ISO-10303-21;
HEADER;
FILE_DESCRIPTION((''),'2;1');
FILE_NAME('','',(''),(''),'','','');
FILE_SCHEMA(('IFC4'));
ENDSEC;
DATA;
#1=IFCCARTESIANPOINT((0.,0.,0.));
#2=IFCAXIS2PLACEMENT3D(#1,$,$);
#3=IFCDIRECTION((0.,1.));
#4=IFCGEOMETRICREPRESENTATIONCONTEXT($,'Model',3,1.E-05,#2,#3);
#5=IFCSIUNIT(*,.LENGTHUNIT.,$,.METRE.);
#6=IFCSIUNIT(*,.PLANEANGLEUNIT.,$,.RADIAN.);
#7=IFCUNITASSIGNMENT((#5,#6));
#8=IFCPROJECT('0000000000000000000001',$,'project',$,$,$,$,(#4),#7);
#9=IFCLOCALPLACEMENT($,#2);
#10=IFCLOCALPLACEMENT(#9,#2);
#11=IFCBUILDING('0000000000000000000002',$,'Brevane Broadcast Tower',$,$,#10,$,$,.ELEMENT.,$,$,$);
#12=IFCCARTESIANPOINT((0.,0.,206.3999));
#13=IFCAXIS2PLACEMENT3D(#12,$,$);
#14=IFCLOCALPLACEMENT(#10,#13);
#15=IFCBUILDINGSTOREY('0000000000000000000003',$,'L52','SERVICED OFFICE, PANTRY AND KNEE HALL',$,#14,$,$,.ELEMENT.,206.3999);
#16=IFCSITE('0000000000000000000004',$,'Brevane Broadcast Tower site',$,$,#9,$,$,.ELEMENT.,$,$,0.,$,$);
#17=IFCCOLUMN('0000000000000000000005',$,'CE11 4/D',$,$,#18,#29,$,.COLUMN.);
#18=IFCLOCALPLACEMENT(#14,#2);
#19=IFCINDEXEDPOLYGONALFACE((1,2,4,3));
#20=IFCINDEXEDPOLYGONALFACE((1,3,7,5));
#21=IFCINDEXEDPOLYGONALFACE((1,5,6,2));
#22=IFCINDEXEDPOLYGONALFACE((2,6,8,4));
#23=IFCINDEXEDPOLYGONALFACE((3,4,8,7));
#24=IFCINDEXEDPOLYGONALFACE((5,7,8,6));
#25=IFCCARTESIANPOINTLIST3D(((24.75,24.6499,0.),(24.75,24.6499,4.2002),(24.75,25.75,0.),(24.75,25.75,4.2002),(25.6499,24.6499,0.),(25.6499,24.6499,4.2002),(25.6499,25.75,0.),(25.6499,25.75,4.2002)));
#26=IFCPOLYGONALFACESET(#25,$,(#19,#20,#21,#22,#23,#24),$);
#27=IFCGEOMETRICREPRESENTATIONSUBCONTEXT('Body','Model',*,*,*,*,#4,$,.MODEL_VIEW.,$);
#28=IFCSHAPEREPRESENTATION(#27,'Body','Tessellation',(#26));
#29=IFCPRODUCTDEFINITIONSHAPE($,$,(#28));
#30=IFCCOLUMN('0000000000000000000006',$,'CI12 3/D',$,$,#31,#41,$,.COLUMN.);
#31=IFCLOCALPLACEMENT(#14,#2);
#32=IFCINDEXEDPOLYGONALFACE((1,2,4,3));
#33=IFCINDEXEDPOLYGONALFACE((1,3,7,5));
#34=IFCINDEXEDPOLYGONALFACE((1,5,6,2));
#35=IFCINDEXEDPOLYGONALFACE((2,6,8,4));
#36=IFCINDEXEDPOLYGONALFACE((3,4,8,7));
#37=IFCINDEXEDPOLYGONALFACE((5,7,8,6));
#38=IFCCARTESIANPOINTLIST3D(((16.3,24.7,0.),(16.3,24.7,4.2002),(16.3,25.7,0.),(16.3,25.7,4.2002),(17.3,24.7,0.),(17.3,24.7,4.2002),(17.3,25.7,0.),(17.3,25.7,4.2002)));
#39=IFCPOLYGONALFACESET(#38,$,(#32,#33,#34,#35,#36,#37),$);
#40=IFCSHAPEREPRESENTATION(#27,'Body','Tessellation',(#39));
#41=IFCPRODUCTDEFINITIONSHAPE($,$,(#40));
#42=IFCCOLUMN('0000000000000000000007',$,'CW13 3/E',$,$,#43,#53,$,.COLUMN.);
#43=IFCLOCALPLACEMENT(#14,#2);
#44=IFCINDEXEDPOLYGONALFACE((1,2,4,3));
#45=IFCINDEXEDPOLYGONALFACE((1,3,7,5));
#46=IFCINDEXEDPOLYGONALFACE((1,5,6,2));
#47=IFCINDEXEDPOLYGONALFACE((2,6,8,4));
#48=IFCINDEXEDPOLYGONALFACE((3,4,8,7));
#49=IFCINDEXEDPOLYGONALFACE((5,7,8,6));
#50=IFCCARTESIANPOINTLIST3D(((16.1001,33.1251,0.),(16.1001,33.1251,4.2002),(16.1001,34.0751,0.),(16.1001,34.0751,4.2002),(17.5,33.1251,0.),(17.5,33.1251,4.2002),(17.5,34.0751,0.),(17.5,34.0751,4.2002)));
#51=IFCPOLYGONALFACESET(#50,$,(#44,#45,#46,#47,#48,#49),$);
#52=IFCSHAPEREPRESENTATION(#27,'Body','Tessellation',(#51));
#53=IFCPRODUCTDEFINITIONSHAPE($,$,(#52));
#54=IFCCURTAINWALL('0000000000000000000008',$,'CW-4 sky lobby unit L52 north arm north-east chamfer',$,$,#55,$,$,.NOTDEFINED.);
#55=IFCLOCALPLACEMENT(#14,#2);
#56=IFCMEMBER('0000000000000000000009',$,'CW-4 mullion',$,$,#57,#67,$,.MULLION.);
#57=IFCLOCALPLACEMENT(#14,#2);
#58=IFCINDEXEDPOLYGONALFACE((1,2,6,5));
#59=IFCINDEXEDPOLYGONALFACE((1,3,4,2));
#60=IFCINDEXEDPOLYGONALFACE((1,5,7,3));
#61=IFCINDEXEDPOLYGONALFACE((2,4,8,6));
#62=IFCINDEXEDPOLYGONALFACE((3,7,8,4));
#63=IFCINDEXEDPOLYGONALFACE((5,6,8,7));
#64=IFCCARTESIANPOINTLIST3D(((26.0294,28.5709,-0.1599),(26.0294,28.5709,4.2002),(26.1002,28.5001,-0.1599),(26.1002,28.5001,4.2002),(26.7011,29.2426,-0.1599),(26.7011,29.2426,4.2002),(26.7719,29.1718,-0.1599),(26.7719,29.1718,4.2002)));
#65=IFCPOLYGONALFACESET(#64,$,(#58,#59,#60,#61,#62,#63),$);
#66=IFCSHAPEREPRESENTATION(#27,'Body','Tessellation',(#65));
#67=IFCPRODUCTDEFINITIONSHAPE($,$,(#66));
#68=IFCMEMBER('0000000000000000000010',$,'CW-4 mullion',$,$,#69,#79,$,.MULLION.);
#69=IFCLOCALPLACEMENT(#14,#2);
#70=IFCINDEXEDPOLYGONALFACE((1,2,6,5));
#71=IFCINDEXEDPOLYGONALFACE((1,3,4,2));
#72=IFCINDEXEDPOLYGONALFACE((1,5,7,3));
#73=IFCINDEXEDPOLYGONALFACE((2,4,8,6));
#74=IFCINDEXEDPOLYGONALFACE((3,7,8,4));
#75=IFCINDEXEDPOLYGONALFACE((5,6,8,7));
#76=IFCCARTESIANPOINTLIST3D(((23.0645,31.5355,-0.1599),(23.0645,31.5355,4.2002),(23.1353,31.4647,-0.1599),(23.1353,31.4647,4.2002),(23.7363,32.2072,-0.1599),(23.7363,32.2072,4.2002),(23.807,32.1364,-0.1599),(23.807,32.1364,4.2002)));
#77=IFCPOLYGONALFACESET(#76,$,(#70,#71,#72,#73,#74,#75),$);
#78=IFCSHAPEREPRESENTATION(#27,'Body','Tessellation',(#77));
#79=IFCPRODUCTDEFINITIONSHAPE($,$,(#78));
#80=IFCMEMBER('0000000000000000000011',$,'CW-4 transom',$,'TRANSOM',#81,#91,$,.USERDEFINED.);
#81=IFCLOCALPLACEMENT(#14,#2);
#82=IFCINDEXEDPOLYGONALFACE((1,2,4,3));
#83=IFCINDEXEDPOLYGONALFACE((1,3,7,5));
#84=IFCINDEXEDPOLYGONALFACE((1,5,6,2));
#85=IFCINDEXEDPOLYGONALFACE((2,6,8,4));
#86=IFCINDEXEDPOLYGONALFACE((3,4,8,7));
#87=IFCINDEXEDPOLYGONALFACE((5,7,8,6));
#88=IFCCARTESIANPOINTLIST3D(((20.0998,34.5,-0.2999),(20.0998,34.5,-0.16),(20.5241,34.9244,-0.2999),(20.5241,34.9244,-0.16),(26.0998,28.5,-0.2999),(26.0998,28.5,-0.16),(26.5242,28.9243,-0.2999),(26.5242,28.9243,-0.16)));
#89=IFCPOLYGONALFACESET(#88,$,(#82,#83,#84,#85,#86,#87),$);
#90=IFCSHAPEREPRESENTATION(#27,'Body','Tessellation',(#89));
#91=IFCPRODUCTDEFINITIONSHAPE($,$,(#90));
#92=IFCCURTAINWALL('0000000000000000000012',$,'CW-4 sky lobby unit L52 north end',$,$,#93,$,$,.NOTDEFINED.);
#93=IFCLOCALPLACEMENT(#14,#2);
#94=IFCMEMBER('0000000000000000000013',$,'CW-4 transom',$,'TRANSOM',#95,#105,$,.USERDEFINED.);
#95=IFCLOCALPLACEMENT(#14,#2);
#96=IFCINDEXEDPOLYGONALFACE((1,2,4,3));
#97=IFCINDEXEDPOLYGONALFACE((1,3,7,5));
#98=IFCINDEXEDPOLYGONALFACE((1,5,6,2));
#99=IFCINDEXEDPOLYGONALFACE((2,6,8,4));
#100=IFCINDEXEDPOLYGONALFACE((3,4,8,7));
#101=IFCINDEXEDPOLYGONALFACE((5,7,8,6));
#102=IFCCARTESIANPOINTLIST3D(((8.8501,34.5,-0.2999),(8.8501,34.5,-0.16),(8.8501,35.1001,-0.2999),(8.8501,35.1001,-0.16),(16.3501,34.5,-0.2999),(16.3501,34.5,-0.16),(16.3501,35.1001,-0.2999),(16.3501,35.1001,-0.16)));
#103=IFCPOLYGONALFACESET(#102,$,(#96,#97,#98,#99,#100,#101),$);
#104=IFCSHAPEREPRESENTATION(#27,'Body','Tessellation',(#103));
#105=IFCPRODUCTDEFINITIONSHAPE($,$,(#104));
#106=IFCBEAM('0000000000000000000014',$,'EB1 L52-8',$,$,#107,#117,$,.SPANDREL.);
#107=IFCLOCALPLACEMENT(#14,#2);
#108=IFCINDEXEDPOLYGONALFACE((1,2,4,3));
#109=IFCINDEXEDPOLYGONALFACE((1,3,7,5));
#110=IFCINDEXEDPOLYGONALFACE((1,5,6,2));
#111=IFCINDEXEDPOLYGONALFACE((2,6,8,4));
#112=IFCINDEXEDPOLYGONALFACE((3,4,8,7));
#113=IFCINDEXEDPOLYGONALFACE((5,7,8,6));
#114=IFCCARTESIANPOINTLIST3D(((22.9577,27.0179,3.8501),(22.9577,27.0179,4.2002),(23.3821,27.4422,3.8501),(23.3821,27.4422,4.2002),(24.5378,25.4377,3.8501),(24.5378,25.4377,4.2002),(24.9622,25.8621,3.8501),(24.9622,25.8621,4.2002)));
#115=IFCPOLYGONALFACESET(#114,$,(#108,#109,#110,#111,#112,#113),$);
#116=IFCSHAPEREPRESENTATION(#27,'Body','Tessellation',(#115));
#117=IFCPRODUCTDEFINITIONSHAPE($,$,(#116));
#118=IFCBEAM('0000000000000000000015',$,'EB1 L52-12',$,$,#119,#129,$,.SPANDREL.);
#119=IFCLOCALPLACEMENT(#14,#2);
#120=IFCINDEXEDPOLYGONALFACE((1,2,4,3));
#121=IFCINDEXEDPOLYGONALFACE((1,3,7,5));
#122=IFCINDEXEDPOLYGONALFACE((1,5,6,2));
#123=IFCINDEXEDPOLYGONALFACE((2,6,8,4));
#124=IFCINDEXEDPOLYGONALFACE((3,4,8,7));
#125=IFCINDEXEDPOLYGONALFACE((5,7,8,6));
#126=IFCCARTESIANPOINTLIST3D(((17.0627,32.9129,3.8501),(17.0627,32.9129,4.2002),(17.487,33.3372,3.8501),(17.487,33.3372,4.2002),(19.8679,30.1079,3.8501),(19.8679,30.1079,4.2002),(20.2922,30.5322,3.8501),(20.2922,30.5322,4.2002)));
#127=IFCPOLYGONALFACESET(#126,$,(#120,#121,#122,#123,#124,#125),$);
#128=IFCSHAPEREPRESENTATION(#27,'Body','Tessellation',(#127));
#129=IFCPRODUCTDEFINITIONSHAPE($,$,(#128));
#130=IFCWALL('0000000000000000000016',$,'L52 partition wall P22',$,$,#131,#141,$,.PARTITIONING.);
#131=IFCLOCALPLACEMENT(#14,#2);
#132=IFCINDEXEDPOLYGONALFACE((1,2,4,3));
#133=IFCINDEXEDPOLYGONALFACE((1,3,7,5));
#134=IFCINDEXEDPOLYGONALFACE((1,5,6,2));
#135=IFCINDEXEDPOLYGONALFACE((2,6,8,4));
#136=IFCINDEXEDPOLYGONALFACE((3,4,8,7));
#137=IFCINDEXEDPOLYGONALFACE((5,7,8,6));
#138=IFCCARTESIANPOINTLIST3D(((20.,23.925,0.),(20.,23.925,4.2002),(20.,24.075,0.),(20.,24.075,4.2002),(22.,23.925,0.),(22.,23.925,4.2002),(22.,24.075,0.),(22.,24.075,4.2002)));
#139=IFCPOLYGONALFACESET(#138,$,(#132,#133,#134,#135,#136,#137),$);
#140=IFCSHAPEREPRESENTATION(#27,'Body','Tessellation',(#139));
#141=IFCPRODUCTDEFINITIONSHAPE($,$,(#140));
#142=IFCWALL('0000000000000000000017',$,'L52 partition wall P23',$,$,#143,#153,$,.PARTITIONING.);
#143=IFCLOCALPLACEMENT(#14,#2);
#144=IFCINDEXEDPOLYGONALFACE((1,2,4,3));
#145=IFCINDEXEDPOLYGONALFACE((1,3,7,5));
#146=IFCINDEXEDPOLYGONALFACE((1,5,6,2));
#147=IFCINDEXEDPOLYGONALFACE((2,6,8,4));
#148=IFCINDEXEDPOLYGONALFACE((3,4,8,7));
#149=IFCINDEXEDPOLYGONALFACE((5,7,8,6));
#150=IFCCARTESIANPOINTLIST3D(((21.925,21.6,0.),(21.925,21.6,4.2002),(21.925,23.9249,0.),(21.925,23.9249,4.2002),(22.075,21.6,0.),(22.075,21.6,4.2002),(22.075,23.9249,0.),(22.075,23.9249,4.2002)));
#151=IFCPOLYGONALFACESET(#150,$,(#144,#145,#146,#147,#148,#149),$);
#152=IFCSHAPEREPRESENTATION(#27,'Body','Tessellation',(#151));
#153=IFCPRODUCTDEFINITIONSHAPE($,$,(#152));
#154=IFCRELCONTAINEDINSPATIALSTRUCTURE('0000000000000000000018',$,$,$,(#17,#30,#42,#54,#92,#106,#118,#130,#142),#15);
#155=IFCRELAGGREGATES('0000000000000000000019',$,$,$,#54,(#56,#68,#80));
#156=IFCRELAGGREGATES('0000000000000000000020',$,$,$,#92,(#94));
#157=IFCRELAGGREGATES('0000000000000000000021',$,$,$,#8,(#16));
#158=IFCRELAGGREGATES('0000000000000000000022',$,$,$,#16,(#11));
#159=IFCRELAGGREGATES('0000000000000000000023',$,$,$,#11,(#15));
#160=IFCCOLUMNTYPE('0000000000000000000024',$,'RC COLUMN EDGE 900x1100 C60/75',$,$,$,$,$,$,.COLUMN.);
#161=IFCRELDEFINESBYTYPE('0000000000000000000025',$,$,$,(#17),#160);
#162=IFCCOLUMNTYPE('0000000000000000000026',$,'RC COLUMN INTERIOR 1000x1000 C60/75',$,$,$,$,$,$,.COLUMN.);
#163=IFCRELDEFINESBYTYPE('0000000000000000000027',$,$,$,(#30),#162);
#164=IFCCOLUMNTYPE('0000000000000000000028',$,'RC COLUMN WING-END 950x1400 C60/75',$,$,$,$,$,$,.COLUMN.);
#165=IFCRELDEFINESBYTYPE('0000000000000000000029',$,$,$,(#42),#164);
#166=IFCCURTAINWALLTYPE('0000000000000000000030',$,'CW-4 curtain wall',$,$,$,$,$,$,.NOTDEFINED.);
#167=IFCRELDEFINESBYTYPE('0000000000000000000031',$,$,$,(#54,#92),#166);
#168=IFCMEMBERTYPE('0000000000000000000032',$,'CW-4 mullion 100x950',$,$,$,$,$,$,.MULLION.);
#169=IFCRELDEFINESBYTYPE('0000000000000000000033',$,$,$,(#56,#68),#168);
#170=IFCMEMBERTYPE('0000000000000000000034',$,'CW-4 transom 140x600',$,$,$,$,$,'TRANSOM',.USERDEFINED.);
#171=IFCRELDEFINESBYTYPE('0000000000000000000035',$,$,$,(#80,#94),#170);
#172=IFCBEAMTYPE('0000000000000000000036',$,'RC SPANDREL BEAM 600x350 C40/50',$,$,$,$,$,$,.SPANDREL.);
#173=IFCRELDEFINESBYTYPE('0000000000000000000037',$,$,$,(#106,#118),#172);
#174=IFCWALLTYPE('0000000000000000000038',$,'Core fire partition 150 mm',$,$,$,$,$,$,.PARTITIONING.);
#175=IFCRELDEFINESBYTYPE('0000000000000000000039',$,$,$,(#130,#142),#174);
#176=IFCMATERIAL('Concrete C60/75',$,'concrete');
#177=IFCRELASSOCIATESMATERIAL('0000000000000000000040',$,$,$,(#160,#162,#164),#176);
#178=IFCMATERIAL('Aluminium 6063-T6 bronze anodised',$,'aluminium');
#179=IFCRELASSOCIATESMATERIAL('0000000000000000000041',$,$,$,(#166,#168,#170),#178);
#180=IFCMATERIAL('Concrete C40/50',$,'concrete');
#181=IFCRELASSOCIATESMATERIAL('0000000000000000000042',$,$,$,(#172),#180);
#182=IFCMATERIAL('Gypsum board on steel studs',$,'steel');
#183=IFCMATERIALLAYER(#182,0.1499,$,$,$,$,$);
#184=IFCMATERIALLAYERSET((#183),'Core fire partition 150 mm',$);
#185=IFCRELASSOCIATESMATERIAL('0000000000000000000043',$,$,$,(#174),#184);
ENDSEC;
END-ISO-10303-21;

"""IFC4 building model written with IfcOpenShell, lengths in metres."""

from ifc_helpers import new_model, si_unit, direction, frame, frame_2d, origin, origin_2d, place, context, subcontext, project, spatial, rectangle, extrude, material, layer, layer_set, material_profile, profile_set, type_object, element, aggregate, save


model = new_model("IFC4")

# Units and contexts
model_context = context("Model", 3, precision=1e-05, world=origin(), true_north=direction((0.0, 1.0)))
body_context = subcontext(model_context, "Body", "Model", "MODEL_VIEW")
ifc_project = project(units=[si_unit("LENGTHUNIT", "METRE"), si_unit("PLANEANGLEUNIT", "RADIAN")], contexts=[model_context])

# Site, building, storey
site_placement = place(None, origin())
site = spatial("IfcSite", under=ifc_project, at=site_placement, Name="Brevane Broadcast Tower site", CompositionType="ELEMENT", RefElevation=0.0)
building_placement = place(site_placement, origin())
building = spatial("IfcBuilding", under=site, at=building_placement, Name="Brevane Broadcast Tower", CompositionType="ELEMENT")
storey_placement = place(building_placement, frame((0.0, 0.0, 206.3999)))
storey = spatial("IfcBuildingStorey", under=building, at=storey_placement, Name="L52", Description="SERVICED OFFICE, PANTRY AND KNEE HALL", CompositionType="ELEMENT", Elevation=206.3999)

# Columns
ifc_material_1 = material(Name="Concrete C60/75", Category="concrete")
ifc_material_profile_1 = material_profile(ifc_material_1, rectangle(XDim=0.8999, YDim=1.1001, at=origin_2d()), Name="RC 900x1100")
ifc_profile_set_1 = profile_set([ifc_material_profile_1], Name="Concrete C60/75")
column_type_1 = type_object("IfcColumnType", Name="RC COLUMN EDGE 900x1100 C60/75", PredefinedType="COLUMN", material=ifc_profile_set_1)
column_1_placement = place(storey_placement, frame((25.2, 25.2, 0.0), z_axis=(0.0, 0.0, 1.0), x_axis=(1.0, 0.0, 0.0)))
element("IfcColumn", 1, at=column_1_placement, inside=storey, type_object=column_type_1, Name="CE11 4/D", PredefinedType="COLUMN", context=body_context, shape_type="SweptSolid", body=[
    extrude(rectangle(XDim=0.8999, YDim=1.1001, at=origin_2d()), origin(), (0.0, 0.0, 1.0), 4.2002),
])
ifc_material_profile_2 = material_profile(ifc_material_1, rectangle(XDim=1.0, YDim=1.0, at=origin_2d()), Name="RC 1000x1000")
ifc_profile_set_2 = profile_set([ifc_material_profile_2], Name="Concrete C60/75")
column_type_2 = type_object("IfcColumnType", Name="RC COLUMN INTERIOR 1000x1000 C60/75", PredefinedType="COLUMN", material=ifc_profile_set_2)
column_2_placement = place(storey_placement, frame((16.8, 25.2, 0.0), z_axis=(0.0, 0.0, 1.0), x_axis=(1.0, 0.0, 0.0)))
element("IfcColumn", 2, at=column_2_placement, inside=storey, type_object=column_type_2, Name="CI12 3/D", PredefinedType="COLUMN", context=body_context, shape_type="SweptSolid", body=[
    extrude(rectangle(XDim=1.0, YDim=1.0, at=origin_2d()), origin(), (0.0, 0.0, 1.0), 4.2002),
])
ifc_material_profile_3 = material_profile(ifc_material_1, rectangle(XDim=0.95, YDim=1.3999, at=origin_2d()), Name="RC 950x1400")
ifc_profile_set_3 = profile_set([ifc_material_profile_3], Name="Concrete C60/75")
column_type_3 = type_object("IfcColumnType", Name="RC COLUMN WING-END 950x1400 C60/75", PredefinedType="COLUMN", material=ifc_profile_set_3)
column_3_placement = place(storey_placement, frame((16.8, 33.6001, 0.0), z_axis=(0.0, 0.0, 1.0), x_axis=(0.0, 1.0, 0.0)))
element("IfcColumn", 3, at=column_3_placement, inside=storey, type_object=column_type_3, Name="CW13 3/E", PredefinedType="COLUMN", context=body_context, shape_type="SweptSolid", body=[
    extrude(rectangle(XDim=0.95, YDim=1.3999, at=origin_2d()), origin(), (0.0, 0.0, 1.0), 4.2002),
])

# Curtain wall, members
ifc_material_2 = material(Name="Aluminium 6063-T6 bronze anodised", Category="aluminium")
curtain_wall_type = type_object("IfcCurtainWallType", Name="CW-4 curtain wall", PredefinedType="NOTDEFINED", material=ifc_material_2)
curtain_wall_1_placement = place(storey_placement, origin())
curtain_wall_1 = element("IfcCurtainWall", 4, at=curtain_wall_1_placement, inside=storey, type_object=curtain_wall_type, Name="CW-4 sky lobby unit L52 north arm north-east chamfer", PredefinedType="NOTDEFINED")
ifc_material_profile_4 = material_profile(ifc_material_2, rectangle(XDim=0.95, YDim=0.1001, at=origin_2d()), Name="RECT 100x950")
ifc_profile_set_4 = profile_set([ifc_material_profile_4], Name="Aluminium 6063-T6 bronze anodised")
member_type_1 = type_object("IfcMemberType", Name="CW-4 mullion 100x950", PredefinedType="MULLION", material=ifc_profile_set_4)
member_1_placement = place(storey_placement, frame((26.4006, 28.8713, -0.1599), z_axis=(0.0, 0.0, 1.0), x_axis=(-0.707107, -0.707107, 0.0)))
member_1 = element("IfcMember", 5, at=member_1_placement, type_object=member_type_1, Name="CW-4 mullion", PredefinedType="MULLION", context=body_context, shape_type="SweptSolid", body=[
    extrude(rectangle(XDim=0.95, YDim=0.1001, at=origin_2d()), origin(), (0.0, 0.0, 1.0), 4.3601),
])
member_2_placement = place(storey_placement, frame((23.4358, 31.8359, -0.1599), z_axis=(0.0, 0.0, 1.0), x_axis=(-0.707107, -0.707107, 0.0)))
member_2 = element("IfcMember", 6, at=member_2_placement, type_object=member_type_1, Name="CW-4 mullion", PredefinedType="MULLION", context=body_context, shape_type="SweptSolid", body=[
    extrude(rectangle(XDim=0.95, YDim=0.1001, at=origin_2d()), origin(), (0.0, 0.0, 1.0), 4.3601),
])
ifc_material_profile_5 = material_profile(ifc_material_2, rectangle(XDim=0.6001, YDim=0.1399, at=origin_2d()), Name="RECT 140x600")
ifc_profile_set_5 = profile_set([ifc_material_profile_5], Name="Aluminium 6063-T6 bronze anodised")
member_type_2 = type_object("IfcMemberType", Name="CW-4 transom 140x600", ElementType="TRANSOM", PredefinedType="USERDEFINED", material=ifc_profile_set_5)
member_3_placement = place(storey_placement, frame((26.312, 28.7122, -0.23), z_axis=(-0.707107, 0.707107, 0.0), x_axis=(-0.707107, -0.707107, 0.0)))
member_3 = element("IfcMember", 7, at=member_3_placement, type_object=member_type_2, Name="CW-4 transom", ObjectType="TRANSOM", PredefinedType="USERDEFINED", context=body_context, shape_type="SweptSolid", body=[
    extrude(rectangle(XDim=0.6001, YDim=0.1399, at=origin_2d()), origin(), (0.0, 0.0, 1.0), 8.4854),
])
aggregate(curtain_wall_1, [member_1, member_2, member_3])

# Curtain wall, member
curtain_wall_2_placement = place(storey_placement, origin())
curtain_wall_2 = element("IfcCurtainWall", 8, at=curtain_wall_2_placement, inside=storey, type_object=curtain_wall_type, Name="CW-4 sky lobby unit L52 north end", PredefinedType="NOTDEFINED")
member_4_placement = place(storey_placement, frame((16.3501, 34.8, -0.23), z_axis=(-1.0, 0.0, 0.0), x_axis=(0.0, -1.0, 0.0)))
member_4 = element("IfcMember", 9, at=member_4_placement, type_object=member_type_2, Name="CW-4 transom", ObjectType="TRANSOM", PredefinedType="USERDEFINED", context=body_context, shape_type="SweptSolid", body=[
    extrude(rectangle(XDim=0.6001, YDim=0.1399, at=origin_2d()), origin(), (0.0, 0.0, 1.0), 7.5),
])
aggregate(curtain_wall_2, [member_4])

# Beams
ifc_material_3 = material(Name="Concrete C40/50", Category="concrete")
ifc_material_profile_6 = material_profile(ifc_material_3, rectangle(XDim=0.6001, YDim=0.3501, at=origin_2d()), Name="RC 600x350")
ifc_profile_set_6 = profile_set([ifc_material_profile_6], Name="Concrete C40/50")
beam_type = type_object("IfcBeamType", Name="RC SPANDREL BEAM 600x350 C40/50", PredefinedType="SPANDREL", material=ifc_profile_set_6)
beam_1_placement = place(storey_placement, frame((24.75, 25.6499, 4.0251), z_axis=(-0.707107, 0.707107, 0.0), x_axis=(-0.707107, -0.707107, 0.0)))
element("IfcBeam", 10, at=beam_1_placement, inside=storey, type_object=beam_type, Name="EB1 L52-8", PredefinedType="SPANDREL", context=body_context, shape_type="SweptSolid", body=[
    extrude(rectangle(XDim=0.6001, YDim=0.3501, at=origin_2d()), origin(), (0.0, 0.0, 1.0), 2.2346),
])
beam_2_placement = place(storey_placement, frame((20.0801, 30.3201, 4.0251), z_axis=(-0.707138, 0.707076, 0.0), x_axis=(-0.707076, -0.707138, 0.0)))
element("IfcBeam", 11, at=beam_2_placement, inside=storey, type_object=beam_type, Name="EB1 L52-12", PredefinedType="SPANDREL", context=body_context, shape_type="SweptSolid", body=[
    extrude(rectangle(XDim=0.6001, YDim=0.3501, at=origin_2d()), origin(), (0.0, 0.0, 1.0), 3.967),
])

# Walls
ifc_material_4 = material(Name="Gypsum board on steel studs", Category="steel")
ifc_layer_1 = layer(ifc_material_4, 0.1499)
ifc_layer_set_1 = layer_set([ifc_layer_1], Name="Core fire partition 150 mm")
wall_type_1 = type_object("IfcWallType", Name="Core fire partition 150 mm", PredefinedType="PARTITIONING", material=ifc_layer_set_1)
wall_1_placement = place(storey_placement, frame((20.0, 24.0, 0.0), z_axis=(0.0, 0.0, 1.0), x_axis=(1.0, 0.0, 0.0)))
element("IfcWall", 12, at=wall_1_placement, inside=storey, type_object=wall_type_1, Name="L52 partition wall P22", PredefinedType="PARTITIONING", context=body_context, shape_type="SweptSolid", body=[
    extrude(rectangle(XDim=2.0, YDim=0.1499, at=frame_2d((1.0, 0.0))), origin(), (0.0, 0.0, 1.0), 4.2002),
])
wall_2_placement = place(storey_placement, frame((22.0, 23.925, 0.0), z_axis=(0.0, 0.0, 1.0), x_axis=(0.0, -1.0, 0.0)))
element("IfcWall", 13, at=wall_2_placement, inside=storey, type_object=wall_type_1, Name="L52 partition wall P23", PredefinedType="PARTITIONING", context=body_context, shape_type="SweptSolid", body=[
    extrude(rectangle(XDim=2.325, YDim=0.1499, at=frame_2d((1.1626, 0.0))), origin(), (0.0, 0.0, 1.0), 4.2002),
])

save(model, "model.ifc")
